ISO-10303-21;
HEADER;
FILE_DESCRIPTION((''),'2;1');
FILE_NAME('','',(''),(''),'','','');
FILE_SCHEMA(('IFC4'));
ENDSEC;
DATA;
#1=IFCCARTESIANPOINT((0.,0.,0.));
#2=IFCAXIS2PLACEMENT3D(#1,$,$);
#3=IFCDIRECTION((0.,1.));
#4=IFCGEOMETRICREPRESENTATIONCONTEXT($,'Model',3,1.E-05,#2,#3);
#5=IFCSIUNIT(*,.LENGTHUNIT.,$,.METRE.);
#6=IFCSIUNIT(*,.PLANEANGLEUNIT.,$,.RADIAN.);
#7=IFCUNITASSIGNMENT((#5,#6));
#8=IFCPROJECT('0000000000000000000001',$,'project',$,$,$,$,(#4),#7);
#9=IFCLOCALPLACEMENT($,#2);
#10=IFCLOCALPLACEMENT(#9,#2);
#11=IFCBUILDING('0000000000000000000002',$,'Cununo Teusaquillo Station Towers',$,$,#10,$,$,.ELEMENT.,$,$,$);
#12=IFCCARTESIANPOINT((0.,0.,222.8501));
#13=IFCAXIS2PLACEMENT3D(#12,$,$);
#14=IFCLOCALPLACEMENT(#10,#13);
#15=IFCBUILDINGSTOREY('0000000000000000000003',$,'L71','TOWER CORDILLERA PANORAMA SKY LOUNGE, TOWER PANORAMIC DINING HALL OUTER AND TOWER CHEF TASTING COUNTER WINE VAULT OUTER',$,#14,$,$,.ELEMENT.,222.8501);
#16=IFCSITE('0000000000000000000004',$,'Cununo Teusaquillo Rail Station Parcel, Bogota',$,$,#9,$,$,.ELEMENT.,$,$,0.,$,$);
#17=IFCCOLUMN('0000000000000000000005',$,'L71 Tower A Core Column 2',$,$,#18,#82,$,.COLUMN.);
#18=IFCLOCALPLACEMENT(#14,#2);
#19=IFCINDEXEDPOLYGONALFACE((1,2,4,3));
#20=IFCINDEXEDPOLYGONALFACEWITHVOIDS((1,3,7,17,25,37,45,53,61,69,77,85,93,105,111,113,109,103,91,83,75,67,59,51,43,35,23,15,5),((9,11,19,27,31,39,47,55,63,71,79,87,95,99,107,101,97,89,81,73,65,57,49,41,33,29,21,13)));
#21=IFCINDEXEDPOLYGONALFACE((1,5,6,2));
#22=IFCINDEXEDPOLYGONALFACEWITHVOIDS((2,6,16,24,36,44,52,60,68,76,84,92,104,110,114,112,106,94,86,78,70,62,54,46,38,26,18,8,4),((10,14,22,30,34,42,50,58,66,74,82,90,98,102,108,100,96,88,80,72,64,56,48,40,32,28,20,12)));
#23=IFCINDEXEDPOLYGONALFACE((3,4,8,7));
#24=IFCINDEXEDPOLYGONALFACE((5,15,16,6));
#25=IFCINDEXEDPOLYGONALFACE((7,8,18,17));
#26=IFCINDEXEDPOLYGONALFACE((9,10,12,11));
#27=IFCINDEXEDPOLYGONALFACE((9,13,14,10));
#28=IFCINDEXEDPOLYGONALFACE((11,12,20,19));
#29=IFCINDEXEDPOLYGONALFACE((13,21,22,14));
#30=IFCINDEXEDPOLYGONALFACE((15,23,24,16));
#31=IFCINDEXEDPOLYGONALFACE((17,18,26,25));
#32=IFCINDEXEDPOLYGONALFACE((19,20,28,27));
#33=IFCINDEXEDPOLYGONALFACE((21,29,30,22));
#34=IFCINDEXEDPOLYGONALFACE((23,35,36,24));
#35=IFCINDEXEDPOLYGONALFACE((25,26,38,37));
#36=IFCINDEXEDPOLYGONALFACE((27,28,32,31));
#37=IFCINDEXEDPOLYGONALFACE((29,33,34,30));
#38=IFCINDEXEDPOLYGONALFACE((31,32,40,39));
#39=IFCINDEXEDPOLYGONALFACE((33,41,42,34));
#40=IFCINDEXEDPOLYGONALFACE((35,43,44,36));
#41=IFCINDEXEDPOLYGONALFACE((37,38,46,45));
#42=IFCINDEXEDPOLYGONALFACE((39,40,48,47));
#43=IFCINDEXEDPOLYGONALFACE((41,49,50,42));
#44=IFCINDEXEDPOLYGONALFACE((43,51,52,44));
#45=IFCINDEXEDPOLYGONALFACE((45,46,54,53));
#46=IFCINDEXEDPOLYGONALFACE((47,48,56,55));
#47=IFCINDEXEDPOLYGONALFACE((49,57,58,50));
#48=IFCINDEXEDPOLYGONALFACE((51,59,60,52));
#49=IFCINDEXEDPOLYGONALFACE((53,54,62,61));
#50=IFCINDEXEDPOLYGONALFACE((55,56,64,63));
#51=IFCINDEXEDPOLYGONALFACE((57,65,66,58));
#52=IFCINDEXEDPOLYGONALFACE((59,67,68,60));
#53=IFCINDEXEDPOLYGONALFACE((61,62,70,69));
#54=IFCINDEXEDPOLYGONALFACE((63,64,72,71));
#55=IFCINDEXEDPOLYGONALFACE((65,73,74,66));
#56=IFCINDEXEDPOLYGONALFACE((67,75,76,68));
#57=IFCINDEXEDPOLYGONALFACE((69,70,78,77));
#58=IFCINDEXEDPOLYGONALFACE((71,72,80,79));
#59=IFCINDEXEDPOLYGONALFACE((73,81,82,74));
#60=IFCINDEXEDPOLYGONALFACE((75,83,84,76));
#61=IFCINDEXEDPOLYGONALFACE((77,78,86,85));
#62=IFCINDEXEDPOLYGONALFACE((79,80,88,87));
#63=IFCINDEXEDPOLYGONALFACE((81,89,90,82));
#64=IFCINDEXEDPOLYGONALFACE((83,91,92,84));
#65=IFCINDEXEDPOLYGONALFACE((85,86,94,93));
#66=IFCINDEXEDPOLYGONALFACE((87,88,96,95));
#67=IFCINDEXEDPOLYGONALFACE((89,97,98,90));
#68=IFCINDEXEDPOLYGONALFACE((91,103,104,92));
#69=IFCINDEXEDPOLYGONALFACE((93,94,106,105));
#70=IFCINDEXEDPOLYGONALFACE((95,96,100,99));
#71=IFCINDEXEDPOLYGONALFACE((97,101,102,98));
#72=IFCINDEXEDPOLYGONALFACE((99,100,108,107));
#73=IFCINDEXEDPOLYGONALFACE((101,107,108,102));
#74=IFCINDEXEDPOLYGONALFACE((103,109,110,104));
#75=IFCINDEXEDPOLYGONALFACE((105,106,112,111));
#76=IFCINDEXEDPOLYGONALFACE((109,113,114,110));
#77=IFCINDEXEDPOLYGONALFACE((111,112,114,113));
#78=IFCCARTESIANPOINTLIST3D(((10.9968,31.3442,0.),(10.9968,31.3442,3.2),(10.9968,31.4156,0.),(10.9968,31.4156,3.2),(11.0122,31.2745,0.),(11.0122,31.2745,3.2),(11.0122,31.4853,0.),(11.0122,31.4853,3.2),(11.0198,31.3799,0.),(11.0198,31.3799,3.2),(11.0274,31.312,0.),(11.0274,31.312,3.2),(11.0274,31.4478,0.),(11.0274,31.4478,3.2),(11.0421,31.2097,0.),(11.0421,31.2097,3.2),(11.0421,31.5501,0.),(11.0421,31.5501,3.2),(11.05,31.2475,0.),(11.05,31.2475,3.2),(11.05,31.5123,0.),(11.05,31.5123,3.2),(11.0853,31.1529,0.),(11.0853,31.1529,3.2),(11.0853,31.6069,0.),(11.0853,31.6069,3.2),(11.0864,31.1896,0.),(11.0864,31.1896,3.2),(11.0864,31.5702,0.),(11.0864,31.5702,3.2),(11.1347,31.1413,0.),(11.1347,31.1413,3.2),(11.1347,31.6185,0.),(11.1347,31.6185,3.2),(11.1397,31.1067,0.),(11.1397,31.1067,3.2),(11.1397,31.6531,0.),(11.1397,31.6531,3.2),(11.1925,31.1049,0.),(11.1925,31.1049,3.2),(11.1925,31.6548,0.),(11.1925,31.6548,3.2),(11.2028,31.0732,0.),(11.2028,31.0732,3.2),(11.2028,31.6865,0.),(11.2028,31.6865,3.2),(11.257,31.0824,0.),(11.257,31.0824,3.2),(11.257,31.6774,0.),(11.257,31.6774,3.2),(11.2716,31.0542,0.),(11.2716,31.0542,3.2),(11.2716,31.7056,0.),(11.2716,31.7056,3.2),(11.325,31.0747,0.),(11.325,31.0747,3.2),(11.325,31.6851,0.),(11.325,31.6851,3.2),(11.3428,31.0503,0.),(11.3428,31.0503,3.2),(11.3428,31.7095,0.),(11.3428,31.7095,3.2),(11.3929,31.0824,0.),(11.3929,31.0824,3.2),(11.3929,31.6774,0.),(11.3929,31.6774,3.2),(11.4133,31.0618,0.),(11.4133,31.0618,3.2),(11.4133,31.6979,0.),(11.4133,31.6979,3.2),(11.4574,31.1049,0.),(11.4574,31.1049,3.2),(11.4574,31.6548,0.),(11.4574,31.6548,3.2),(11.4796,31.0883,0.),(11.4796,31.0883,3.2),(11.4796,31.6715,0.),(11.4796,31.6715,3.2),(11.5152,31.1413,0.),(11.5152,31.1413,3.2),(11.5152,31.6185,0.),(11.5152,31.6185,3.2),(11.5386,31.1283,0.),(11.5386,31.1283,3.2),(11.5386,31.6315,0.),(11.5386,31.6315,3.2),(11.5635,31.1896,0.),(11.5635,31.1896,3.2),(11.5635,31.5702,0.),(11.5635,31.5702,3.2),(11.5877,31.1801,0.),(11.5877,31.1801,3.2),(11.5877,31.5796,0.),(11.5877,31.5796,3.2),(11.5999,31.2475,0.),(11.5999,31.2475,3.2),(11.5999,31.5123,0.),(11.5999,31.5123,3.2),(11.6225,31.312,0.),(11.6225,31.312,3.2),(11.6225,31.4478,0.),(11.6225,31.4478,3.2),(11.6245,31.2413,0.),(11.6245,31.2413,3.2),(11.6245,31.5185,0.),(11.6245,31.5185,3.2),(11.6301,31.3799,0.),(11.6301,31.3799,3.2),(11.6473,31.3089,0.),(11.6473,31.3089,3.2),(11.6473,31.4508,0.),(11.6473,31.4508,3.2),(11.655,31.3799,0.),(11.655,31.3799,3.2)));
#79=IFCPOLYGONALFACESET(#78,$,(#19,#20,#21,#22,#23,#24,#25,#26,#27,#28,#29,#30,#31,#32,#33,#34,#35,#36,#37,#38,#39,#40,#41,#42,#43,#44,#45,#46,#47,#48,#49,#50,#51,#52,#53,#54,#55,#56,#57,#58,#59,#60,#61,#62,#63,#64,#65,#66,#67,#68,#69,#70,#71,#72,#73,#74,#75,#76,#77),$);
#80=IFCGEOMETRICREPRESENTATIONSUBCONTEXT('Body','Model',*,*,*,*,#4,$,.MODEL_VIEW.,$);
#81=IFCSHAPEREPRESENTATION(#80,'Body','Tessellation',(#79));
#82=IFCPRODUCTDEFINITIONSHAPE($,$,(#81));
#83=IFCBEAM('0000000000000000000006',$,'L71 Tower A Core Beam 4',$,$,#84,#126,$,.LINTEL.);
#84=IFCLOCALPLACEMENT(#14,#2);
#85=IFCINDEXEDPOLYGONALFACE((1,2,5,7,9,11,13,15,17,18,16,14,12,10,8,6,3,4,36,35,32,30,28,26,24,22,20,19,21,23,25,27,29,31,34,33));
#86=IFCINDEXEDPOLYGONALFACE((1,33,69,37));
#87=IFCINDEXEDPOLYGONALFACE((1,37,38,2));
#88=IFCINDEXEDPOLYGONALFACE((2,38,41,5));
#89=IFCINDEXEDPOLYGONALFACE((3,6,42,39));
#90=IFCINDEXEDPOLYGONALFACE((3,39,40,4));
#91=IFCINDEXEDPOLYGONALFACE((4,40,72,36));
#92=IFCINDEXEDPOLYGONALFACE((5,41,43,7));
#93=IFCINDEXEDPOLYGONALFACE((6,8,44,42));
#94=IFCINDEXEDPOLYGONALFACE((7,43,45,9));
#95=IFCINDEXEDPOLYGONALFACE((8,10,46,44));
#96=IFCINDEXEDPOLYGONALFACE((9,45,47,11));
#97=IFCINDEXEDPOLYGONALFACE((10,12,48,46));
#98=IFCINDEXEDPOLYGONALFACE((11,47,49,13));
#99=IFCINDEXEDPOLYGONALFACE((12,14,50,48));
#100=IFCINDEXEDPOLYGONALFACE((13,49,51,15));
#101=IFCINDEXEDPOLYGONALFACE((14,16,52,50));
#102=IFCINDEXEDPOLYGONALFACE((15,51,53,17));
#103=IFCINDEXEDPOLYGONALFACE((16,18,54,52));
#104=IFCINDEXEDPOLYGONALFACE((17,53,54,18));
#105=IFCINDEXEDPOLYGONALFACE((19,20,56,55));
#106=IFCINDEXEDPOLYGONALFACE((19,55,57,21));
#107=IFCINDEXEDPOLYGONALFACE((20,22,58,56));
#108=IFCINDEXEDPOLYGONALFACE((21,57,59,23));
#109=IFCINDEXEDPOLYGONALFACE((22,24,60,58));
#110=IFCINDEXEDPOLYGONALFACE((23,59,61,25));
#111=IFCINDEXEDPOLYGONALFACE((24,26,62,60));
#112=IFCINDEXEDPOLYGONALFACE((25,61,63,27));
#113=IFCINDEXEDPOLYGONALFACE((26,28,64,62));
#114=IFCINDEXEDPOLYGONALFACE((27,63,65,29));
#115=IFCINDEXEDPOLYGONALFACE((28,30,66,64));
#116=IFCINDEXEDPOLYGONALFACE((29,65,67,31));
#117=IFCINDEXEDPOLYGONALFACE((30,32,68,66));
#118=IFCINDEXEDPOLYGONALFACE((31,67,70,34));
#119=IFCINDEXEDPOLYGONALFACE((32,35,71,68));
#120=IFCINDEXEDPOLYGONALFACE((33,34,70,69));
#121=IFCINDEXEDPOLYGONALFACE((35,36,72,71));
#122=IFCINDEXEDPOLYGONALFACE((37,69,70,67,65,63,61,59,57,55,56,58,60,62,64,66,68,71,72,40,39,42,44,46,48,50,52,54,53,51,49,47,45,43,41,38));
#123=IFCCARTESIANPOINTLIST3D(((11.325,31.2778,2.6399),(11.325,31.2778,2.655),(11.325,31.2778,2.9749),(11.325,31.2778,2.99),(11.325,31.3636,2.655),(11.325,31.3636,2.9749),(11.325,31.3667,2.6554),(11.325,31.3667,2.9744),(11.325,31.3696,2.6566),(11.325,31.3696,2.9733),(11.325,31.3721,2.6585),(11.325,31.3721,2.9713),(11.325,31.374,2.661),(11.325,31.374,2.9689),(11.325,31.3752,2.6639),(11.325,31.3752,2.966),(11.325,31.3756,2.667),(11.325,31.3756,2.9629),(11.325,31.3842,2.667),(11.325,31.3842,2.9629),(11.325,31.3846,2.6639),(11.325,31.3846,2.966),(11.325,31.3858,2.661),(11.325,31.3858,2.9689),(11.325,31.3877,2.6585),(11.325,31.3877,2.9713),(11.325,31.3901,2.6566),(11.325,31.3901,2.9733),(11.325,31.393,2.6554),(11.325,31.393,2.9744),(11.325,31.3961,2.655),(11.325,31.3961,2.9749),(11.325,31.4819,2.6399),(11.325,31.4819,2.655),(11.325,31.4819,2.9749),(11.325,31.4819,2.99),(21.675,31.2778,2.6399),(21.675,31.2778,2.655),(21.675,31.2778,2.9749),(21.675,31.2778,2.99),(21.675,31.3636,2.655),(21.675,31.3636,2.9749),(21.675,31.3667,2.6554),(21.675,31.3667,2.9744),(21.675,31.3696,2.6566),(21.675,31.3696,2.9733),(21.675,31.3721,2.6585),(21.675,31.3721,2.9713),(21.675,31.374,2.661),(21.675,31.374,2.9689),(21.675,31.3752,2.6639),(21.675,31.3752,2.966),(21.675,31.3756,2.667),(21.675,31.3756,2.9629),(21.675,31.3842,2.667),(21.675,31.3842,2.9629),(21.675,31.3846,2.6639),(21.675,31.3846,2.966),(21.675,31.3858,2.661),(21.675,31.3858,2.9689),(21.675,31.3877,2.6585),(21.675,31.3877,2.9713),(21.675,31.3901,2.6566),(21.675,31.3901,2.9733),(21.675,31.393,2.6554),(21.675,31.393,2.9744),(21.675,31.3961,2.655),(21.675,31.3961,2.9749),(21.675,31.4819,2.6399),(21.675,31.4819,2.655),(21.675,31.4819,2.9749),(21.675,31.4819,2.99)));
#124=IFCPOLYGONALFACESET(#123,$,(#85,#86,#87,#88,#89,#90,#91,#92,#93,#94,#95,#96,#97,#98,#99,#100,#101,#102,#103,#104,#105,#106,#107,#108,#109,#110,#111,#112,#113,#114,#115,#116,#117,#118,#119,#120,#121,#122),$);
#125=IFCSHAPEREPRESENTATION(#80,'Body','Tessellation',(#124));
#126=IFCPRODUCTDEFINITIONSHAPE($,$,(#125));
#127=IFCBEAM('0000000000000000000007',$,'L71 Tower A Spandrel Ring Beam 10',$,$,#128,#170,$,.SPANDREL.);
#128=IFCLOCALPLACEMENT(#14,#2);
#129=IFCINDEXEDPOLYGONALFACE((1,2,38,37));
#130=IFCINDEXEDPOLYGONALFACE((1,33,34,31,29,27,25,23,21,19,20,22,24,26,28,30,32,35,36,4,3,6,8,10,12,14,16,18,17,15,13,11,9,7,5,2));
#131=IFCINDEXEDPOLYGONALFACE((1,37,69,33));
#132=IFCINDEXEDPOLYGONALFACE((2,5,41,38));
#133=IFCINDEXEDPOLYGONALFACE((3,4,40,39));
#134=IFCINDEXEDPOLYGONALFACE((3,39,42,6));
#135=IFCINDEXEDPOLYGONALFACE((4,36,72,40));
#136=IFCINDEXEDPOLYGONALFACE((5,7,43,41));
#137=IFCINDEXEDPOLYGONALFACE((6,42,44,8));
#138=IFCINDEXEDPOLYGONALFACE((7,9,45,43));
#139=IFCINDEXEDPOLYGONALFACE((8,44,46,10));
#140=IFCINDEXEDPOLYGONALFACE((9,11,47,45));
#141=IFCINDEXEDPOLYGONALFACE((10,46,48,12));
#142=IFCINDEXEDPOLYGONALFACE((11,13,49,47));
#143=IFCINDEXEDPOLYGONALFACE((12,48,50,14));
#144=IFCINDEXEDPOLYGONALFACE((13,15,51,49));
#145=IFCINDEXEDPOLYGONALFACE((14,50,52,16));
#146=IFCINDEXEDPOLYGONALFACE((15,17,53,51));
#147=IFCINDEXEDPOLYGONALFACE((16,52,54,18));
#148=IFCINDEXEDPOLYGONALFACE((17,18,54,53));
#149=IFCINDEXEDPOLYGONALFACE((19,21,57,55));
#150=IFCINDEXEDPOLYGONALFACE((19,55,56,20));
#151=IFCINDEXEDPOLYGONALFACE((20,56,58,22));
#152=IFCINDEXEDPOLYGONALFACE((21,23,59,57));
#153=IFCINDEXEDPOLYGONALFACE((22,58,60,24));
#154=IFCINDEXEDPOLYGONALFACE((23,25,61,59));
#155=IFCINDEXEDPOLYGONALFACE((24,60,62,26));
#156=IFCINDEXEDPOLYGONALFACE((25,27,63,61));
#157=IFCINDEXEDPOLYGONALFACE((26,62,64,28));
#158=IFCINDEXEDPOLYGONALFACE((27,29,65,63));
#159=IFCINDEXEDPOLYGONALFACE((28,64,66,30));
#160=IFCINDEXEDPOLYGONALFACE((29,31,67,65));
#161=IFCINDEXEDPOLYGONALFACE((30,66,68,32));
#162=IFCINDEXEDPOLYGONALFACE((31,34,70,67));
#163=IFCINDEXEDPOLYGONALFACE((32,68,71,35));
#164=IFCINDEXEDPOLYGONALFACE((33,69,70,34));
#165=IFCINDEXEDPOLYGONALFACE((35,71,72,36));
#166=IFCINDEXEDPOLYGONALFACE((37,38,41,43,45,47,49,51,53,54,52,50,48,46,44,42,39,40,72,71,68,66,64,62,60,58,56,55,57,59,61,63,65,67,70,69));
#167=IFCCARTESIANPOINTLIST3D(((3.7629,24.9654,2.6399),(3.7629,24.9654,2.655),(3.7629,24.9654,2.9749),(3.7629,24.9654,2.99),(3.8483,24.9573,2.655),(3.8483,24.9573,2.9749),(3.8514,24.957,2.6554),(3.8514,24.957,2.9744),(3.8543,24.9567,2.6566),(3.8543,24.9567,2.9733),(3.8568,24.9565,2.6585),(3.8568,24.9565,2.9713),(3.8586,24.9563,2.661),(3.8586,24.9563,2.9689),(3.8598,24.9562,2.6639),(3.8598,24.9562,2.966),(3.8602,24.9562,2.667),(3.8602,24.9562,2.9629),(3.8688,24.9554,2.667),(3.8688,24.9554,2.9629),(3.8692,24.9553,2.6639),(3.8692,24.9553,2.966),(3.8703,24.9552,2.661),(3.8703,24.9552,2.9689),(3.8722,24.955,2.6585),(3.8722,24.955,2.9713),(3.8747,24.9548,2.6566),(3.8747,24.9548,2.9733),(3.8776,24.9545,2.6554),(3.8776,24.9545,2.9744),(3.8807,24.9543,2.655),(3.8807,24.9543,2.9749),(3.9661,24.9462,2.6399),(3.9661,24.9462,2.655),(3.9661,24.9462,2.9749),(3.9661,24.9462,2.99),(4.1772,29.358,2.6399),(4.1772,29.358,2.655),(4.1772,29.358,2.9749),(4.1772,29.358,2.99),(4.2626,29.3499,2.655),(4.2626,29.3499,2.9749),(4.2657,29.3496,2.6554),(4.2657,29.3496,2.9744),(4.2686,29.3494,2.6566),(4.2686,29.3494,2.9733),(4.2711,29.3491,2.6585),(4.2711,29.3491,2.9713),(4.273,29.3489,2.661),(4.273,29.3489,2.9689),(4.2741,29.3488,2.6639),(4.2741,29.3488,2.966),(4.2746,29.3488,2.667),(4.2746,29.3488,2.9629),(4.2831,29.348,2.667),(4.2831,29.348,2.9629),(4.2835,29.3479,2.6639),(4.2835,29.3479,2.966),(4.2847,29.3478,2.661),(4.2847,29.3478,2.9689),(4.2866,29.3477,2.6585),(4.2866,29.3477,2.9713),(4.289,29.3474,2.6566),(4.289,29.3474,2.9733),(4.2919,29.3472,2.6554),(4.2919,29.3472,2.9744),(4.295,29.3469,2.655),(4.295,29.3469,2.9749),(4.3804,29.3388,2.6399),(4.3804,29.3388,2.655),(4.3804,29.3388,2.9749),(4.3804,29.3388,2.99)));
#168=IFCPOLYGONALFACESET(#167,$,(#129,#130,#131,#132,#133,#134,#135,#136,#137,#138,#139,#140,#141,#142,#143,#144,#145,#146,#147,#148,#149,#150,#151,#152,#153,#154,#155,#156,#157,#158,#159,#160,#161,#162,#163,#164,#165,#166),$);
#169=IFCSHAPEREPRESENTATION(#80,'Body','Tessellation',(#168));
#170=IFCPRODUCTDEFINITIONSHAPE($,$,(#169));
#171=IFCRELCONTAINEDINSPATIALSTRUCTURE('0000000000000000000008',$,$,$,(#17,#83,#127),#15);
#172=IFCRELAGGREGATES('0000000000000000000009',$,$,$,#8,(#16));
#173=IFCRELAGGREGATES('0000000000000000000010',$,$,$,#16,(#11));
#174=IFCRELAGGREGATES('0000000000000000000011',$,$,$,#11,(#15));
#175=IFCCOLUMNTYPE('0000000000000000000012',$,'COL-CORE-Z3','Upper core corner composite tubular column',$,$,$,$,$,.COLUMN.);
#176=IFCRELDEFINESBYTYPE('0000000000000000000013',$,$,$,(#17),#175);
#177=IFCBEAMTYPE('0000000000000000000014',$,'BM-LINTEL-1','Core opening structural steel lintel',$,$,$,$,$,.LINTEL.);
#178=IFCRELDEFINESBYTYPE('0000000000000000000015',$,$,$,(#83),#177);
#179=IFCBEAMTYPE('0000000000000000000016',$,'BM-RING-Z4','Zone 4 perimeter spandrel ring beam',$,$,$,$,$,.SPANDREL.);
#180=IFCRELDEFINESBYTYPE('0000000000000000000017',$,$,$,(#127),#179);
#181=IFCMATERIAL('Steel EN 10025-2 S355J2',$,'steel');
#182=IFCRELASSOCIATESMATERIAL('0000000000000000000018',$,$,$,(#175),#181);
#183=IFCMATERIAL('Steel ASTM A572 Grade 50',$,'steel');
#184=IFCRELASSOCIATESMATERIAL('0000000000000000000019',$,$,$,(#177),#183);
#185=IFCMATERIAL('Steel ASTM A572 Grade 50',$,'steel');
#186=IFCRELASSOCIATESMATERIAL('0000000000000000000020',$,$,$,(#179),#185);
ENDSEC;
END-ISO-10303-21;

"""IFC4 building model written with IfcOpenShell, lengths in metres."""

from ifc_helpers import new_model, si_unit, direction, frame, origin, origin_2d, place, context, subcontext, project, spatial, hollow_circle, i_section, extrude, material, material_profile, profile_set, type_object, element, save


model = new_model("IFC4")

# Units and contexts
model_context = context("Model", 3, precision=1e-05, world=origin(), true_north=direction((0.0, 1.0)))
body_context = subcontext(model_context, "Body", "Model", "MODEL_VIEW")
ifc_project = project(units=[si_unit("LENGTHUNIT", "METRE"), si_unit("PLANEANGLEUNIT", "RADIAN")], contexts=[model_context])

# Site, building, storey
site_placement = place(None, origin())
site = spatial("IfcSite", under=ifc_project, at=site_placement, Name="Cununo Teusaquillo Rail Station Parcel, Bogota", CompositionType="ELEMENT", RefElevation=0.0)
building_placement = place(site_placement, origin())
building = spatial("IfcBuilding", under=site, at=building_placement, Name="Cununo Teusaquillo Station Towers", CompositionType="ELEMENT")
storey_placement = place(building_placement, frame((0.0, 0.0, 222.8501)))
storey = spatial("IfcBuildingStorey", under=building, at=storey_placement, Name="L71", Description="TOWER CORDILLERA PANORAMA SKY LOUNGE, TOWER PANORAMIC DINING HALL OUTER AND TOWER CHEF TASTING COUNTER WINE VAULT OUTER", CompositionType="ELEMENT", Elevation=222.8501)

# Column
ifc_material_1 = material(Name="Steel EN 10025-2 S355J2", Category="steel")
ifc_material_profile_1 = material_profile(ifc_material_1, hollow_circle(Radius=0.3301, WallThickness=0.0249, at=origin_2d()), Name="CHS 660x25")
ifc_profile_set_1 = profile_set([ifc_material_profile_1], Name="Steel EN 10025-2 S355J2")
column_type = type_object("IfcColumnType", Name="COL-CORE-Z3", Description="Upper core corner composite tubular column", PredefinedType="COLUMN", material=ifc_profile_set_1)
column_placement = place(storey_placement, frame((11.325, 31.3799, 0.0), z_axis=(0.0, 0.0, 1.0), x_axis=(1.0, 0.0, 0.0)))
element("IfcColumn", 1, at=column_placement, inside=storey, type_object=column_type, Name="L71 Tower A Core Column 2", PredefinedType="COLUMN", context=body_context, shape_type="SweptSolid", body=[
    extrude(hollow_circle(Radius=0.3301, WallThickness=0.0249, at=origin_2d()), origin(), (0.0, 0.0, 1.0), 3.2),
])

# Beams
ifc_material_2 = material(Name="Steel ASTM A572 Grade 50", Category="steel")
ifc_material_profile_2 = material_profile(ifc_material_2, i_section(OverallWidth=0.2041, OverallDepth=0.3501, WebThickness=0.0085, FlangeThickness=0.0151, FilletRadius=0.012, at=origin_2d()), Name="W14X48")
ifc_profile_set_2 = profile_set([ifc_material_profile_2], Name="Steel ASTM A572 Grade 50")
beam_type_1 = type_object("IfcBeamType", Name="BM-LINTEL-1", Description="Core opening structural steel lintel", PredefinedType="LINTEL", material=ifc_profile_set_2)
beam_1_placement = place(storey_placement, frame((11.325, 31.3799, 2.8149), z_axis=(1.0, 0.0, 0.0), x_axis=(0.0, 1.0, 0.0)))
element("IfcBeam", 2, at=beam_1_placement, inside=storey, type_object=beam_type_1, Name="L71 Tower A Core Beam 4", PredefinedType="LINTEL", context=body_context, shape_type="SweptSolid", body=[
    extrude(i_section(OverallWidth=0.2041, OverallDepth=0.3501, WebThickness=0.0085, FlangeThickness=0.0151, FilletRadius=0.012, at=origin_2d()), origin(), (0.0, 0.0, 1.0), 10.3501),
])
ifc_material_3 = material(Name="Steel ASTM A572 Grade 50", Category="steel")
ifc_material_profile_3 = material_profile(ifc_material_3, i_section(OverallWidth=0.2041, OverallDepth=0.3501, WebThickness=0.0085, FlangeThickness=0.0151, FilletRadius=0.012, at=origin_2d()), Name="W14X48")
ifc_profile_set_3 = profile_set([ifc_material_profile_3], Name="Steel ASTM A572 Grade 50")
beam_type_2 = type_object("IfcBeamType", Name="BM-RING-Z4", Description="Zone 4 perimeter spandrel ring beam", PredefinedType="SPANDREL", material=ifc_profile_set_3)
beam_2_placement = place(storey_placement, frame((4.2788, 29.3484, 2.8149), z_axis=(-0.093903, -0.995581, 0.0), x_axis=(0.995581, -0.093903, 0.0)))
element("IfcBeam", 3, at=beam_2_placement, inside=storey, type_object=beam_type_2, Name="L71 Tower A Spandrel Ring Beam 10", PredefinedType="SPANDREL", context=body_context, shape_type="SweptSolid", body=[
    extrude(i_section(OverallWidth=0.2041, OverallDepth=0.3501, WebThickness=0.0085, FlangeThickness=0.0151, FilletRadius=0.012, at=origin_2d()), origin(), (0.0, 0.0, 1.0), 4.4121),
])

save(model, "model.ifc")
